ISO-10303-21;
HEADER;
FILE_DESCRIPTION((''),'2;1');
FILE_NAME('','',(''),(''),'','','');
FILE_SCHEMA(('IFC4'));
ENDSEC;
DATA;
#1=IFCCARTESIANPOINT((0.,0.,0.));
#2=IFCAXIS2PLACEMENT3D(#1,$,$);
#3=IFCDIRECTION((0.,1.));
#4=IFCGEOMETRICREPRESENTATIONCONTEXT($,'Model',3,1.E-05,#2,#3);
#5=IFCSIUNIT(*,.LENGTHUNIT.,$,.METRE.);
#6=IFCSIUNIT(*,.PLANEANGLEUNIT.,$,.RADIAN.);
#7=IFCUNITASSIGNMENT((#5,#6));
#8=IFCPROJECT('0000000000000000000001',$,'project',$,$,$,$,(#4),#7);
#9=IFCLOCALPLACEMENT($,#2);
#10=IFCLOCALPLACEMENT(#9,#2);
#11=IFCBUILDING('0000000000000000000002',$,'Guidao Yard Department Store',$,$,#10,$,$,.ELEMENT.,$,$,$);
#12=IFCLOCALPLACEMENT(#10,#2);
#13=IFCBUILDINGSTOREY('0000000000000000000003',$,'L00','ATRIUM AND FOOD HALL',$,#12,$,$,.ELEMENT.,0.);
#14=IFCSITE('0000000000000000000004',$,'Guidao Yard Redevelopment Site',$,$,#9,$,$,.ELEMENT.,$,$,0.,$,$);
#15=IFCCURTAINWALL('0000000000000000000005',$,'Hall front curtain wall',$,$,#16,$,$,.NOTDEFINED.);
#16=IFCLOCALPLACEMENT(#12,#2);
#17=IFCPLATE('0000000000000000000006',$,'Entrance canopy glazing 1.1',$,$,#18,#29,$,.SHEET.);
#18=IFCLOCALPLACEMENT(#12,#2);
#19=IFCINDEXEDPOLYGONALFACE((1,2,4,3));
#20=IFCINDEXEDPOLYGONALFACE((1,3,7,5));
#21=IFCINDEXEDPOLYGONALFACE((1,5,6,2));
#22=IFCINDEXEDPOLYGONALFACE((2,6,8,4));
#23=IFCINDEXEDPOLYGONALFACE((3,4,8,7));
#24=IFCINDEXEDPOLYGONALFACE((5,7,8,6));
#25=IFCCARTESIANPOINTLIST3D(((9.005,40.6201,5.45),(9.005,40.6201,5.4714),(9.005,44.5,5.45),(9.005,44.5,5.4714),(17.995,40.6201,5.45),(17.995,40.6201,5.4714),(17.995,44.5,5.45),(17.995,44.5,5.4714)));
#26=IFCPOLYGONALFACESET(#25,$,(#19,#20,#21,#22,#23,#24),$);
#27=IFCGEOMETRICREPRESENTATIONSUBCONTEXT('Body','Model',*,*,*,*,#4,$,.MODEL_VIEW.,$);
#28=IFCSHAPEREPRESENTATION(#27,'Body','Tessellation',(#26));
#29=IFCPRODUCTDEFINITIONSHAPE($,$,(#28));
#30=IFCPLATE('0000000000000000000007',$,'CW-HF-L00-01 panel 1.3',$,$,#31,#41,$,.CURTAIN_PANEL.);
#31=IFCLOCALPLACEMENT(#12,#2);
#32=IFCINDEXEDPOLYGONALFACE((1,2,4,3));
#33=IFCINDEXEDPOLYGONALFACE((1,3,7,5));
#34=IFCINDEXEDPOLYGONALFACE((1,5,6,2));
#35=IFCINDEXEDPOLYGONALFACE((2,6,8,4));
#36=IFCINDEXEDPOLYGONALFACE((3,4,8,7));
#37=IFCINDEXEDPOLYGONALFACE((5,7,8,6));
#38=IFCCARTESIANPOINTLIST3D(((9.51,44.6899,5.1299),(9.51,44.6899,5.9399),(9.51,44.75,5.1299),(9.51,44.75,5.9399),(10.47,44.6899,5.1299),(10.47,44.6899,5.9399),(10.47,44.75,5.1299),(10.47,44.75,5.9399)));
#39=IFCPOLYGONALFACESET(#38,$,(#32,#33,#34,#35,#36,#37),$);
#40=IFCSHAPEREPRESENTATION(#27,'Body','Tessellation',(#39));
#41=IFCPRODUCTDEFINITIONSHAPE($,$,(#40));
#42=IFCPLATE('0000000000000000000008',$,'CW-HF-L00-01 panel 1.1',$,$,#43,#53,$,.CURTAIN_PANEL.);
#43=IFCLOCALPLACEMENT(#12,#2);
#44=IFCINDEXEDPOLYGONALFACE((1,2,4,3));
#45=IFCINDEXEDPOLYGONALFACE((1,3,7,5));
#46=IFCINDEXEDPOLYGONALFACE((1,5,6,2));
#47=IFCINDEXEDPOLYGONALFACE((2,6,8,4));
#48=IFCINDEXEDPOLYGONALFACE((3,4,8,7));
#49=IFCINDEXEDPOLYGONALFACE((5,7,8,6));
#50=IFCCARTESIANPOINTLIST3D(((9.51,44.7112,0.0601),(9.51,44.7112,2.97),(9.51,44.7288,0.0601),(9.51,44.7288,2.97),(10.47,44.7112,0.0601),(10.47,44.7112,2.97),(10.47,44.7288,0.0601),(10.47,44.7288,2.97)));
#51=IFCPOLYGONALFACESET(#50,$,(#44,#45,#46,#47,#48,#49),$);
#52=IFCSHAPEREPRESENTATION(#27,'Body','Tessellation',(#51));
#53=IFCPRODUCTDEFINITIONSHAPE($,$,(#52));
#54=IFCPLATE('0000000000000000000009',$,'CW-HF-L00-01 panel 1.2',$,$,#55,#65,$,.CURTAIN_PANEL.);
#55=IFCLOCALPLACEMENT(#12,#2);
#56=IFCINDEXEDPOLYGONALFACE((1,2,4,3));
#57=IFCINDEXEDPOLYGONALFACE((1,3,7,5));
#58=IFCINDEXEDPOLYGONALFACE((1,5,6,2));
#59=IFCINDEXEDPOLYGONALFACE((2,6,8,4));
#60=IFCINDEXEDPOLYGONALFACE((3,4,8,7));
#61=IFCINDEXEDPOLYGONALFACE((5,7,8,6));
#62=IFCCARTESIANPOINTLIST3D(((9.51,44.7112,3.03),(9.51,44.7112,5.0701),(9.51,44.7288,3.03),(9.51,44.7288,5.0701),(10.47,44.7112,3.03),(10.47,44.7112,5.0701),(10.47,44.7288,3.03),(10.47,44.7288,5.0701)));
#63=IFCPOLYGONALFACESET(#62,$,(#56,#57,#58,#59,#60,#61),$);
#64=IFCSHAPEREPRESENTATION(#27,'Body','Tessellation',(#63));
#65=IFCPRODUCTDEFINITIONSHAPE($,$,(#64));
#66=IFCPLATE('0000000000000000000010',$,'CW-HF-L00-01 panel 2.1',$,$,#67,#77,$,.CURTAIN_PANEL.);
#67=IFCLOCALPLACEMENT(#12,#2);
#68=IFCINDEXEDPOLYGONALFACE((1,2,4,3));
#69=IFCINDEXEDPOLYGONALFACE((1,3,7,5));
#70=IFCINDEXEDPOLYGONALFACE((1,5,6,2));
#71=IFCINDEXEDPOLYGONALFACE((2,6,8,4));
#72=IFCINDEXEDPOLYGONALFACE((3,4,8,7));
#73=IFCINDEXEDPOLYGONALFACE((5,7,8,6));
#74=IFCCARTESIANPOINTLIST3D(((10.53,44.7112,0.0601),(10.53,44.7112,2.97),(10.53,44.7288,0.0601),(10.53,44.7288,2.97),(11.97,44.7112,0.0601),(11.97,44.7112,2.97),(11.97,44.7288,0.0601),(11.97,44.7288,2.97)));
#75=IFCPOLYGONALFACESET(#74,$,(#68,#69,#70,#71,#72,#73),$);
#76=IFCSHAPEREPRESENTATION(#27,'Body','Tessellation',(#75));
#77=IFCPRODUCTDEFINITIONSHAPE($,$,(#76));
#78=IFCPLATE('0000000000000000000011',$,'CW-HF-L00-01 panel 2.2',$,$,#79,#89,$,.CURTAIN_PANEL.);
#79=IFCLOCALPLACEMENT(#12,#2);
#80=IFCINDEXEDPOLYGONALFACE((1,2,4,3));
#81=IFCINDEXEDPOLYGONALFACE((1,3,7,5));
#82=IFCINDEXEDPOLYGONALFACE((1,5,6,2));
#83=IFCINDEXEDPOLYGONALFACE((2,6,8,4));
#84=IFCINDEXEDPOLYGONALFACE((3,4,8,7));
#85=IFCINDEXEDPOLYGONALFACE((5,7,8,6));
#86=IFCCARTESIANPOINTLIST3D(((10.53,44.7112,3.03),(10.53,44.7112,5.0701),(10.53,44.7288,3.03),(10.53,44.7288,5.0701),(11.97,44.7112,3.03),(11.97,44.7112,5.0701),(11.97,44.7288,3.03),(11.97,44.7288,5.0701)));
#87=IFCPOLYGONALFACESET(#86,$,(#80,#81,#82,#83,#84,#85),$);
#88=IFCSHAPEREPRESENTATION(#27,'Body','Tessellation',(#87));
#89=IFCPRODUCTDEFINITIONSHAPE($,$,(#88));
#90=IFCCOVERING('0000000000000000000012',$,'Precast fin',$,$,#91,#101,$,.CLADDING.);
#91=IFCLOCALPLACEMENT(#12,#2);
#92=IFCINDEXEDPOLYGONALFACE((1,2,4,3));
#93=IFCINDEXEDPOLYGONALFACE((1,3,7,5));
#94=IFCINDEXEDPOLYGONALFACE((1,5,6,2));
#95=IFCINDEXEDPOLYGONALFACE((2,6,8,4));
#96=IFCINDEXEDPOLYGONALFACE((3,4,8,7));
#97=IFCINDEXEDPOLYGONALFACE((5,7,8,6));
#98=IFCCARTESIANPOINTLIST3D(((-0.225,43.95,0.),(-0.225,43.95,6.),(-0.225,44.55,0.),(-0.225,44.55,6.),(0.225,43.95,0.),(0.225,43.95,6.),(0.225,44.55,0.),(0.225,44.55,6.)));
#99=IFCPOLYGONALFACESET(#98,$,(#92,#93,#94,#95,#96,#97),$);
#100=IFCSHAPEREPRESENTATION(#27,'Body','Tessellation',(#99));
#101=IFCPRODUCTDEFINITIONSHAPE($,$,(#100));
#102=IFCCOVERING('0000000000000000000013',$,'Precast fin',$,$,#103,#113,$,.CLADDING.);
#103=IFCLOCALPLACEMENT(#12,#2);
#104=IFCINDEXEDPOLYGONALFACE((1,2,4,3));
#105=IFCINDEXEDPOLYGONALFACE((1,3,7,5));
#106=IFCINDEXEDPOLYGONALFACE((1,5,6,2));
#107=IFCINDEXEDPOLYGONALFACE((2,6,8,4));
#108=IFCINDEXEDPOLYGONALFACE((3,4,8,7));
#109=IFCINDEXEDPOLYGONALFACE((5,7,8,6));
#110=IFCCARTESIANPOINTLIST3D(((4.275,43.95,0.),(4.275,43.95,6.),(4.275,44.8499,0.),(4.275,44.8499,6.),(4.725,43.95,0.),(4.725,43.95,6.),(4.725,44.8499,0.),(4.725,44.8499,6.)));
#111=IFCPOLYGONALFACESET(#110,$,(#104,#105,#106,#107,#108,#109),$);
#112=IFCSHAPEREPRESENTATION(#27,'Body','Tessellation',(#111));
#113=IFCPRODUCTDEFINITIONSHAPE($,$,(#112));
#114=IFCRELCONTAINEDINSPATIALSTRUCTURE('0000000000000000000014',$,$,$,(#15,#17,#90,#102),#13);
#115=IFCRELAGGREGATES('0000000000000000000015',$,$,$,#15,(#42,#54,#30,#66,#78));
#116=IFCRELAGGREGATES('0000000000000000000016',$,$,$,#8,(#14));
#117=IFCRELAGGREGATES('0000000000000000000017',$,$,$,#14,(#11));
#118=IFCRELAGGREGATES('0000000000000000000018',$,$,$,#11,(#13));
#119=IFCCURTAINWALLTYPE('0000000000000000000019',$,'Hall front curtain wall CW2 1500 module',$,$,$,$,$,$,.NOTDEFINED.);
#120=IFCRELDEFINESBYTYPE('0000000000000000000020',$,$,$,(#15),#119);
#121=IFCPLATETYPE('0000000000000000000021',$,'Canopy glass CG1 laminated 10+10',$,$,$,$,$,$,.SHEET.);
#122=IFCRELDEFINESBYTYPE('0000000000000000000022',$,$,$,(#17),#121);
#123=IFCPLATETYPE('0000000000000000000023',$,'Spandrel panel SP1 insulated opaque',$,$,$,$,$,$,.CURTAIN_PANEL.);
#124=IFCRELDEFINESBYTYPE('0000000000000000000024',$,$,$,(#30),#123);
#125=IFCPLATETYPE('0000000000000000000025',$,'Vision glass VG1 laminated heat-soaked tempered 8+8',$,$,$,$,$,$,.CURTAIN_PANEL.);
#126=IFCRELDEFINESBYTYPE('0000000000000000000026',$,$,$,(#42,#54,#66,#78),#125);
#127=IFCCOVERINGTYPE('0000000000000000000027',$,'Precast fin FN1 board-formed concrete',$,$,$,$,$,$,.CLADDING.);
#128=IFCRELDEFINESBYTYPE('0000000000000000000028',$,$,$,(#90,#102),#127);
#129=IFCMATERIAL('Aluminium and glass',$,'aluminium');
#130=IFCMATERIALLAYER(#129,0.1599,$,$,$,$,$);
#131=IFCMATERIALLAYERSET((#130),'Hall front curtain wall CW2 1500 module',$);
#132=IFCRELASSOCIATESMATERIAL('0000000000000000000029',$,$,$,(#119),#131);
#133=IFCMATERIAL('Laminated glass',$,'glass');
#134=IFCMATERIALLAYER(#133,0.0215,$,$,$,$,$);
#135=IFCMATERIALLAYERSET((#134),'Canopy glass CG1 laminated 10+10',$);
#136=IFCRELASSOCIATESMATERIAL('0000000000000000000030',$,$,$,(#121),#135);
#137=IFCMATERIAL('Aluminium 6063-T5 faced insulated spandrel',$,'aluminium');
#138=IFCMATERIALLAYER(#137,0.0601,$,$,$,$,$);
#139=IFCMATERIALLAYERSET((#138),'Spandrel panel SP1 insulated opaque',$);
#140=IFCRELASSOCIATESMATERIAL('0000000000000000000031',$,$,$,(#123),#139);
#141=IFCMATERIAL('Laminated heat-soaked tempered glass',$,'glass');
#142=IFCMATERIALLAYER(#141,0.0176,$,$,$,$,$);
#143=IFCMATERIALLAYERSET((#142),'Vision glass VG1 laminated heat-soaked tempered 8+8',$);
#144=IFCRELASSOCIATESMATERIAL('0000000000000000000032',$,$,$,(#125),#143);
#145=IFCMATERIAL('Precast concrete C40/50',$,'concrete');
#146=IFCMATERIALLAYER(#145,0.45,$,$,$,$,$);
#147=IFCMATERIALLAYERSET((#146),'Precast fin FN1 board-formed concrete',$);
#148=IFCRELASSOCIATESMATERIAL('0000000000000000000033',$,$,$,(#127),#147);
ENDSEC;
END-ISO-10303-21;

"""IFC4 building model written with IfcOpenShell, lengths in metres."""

from ifc_helpers import new_model, si_unit, direction, frame, origin, origin_2d, place, context, subcontext, project, spatial, rectangle, extrude, material, layer, layer_set, type_object, element, aggregate, save


model = new_model("IFC4")

# Units and contexts
model_context = context("Model", 3, precision=1e-05, world=origin(), true_north=direction((0.0, 1.0)))
body_context = subcontext(model_context, "Body", "Model", "MODEL_VIEW")
ifc_project = project(units=[si_unit("LENGTHUNIT", "METRE"), si_unit("PLANEANGLEUNIT", "RADIAN")], contexts=[model_context])

# Site, building, storey
site_placement = place(None, origin())
site = spatial("IfcSite", under=ifc_project, at=site_placement, Name="Guidao Yard Redevelopment Site", CompositionType="ELEMENT", RefElevation=0.0)
building_placement = place(site_placement, origin())
building = spatial("IfcBuilding", under=site, at=building_placement, Name="Guidao Yard Department Store", CompositionType="ELEMENT")
storey_placement = place(building_placement, origin())
storey = spatial("IfcBuildingStorey", under=building, at=storey_placement, Name="L00", Description="ATRIUM AND FOOD HALL", CompositionType="ELEMENT", Elevation=0.0)

# Curtain wall
ifc_material_1 = material(Name="Aluminium and glass", Category="aluminium")
ifc_layer_1 = layer(ifc_material_1, 0.1599)
ifc_layer_set_1 = layer_set([ifc_layer_1], Name="Hall front curtain wall CW2 1500 module")
curtain_wall_type = type_object("IfcCurtainWallType", Name="Hall front curtain wall CW2 1500 module", PredefinedType="NOTDEFINED", material=ifc_layer_set_1)
curtain_wall_placement = place(storey_placement, origin())
curtain_wall = element("IfcCurtainWall", 1, at=curtain_wall_placement, inside=storey, type_object=curtain_wall_type, Name="Hall front curtain wall", PredefinedType="NOTDEFINED")

# Plates
ifc_material_2 = material(Name="Laminated glass", Category="glass")
ifc_layer_2 = layer(ifc_material_2, 0.0215)
ifc_layer_set_2 = layer_set([ifc_layer_2], Name="Canopy glass CG1 laminated 10+10")
plate_type_1 = type_object("IfcPlateType", Name="Canopy glass CG1 laminated 10+10", PredefinedType="SHEET", material=ifc_layer_set_2)
plate_1_placement = place(storey_placement, frame((13.5, 42.5601, 5.45), z_axis=(0.0, 0.0, 1.0), x_axis=(1.0, 0.0, 0.0)))
element("IfcPlate", 2, at=plate_1_placement, inside=storey, type_object=plate_type_1, Name="Entrance canopy glazing 1.1", PredefinedType="SHEET", context=body_context, shape_type="SweptSolid", body=[
    extrude(rectangle(XDim=8.99, YDim=3.8799, at=origin_2d()), origin(), (0.0, 0.0, 1.0), 0.0215),
])
ifc_material_3 = material(Name="Aluminium 6063-T5 faced insulated spandrel", Category="aluminium")
ifc_layer_3 = layer(ifc_material_3, 0.0601)
ifc_layer_set_3 = layer_set([ifc_layer_3], Name="Spandrel panel SP1 insulated opaque")
plate_type_2 = type_object("IfcPlateType", Name="Spandrel panel SP1 insulated opaque", PredefinedType="CURTAIN_PANEL", material=ifc_layer_set_3)
plate_2_placement = place(storey_placement, frame((9.99, 44.72, 5.1299), z_axis=(0.0, 0.0, 1.0), x_axis=(-1.0, 0.0, 0.0)))
plate_2 = element("IfcPlate", 3, at=plate_2_placement, type_object=plate_type_2, Name="CW-HF-L00-01 panel 1.3", PredefinedType="CURTAIN_PANEL", context=body_context, shape_type="SweptSolid", body=[
    extrude(rectangle(XDim=0.96, YDim=0.0601, at=origin_2d()), origin(), (0.0, 0.0, 1.0), 0.8101),
])
ifc_material_4 = material(Name="Laminated heat-soaked tempered glass", Category="glass")
ifc_layer_4 = layer(ifc_material_4, 0.0176)
ifc_layer_set_4 = layer_set([ifc_layer_4], Name="Vision glass VG1 laminated heat-soaked tempered 8+8")
plate_type_3 = type_object("IfcPlateType", Name="Vision glass VG1 laminated heat-soaked tempered 8+8", PredefinedType="CURTAIN_PANEL", material=ifc_layer_set_4)
plate_3_placement = place(storey_placement, frame((9.99, 44.72, 0.0601), z_axis=(0.0, 0.0, 1.0), x_axis=(-1.0, 0.0, 0.0)))
plate_3 = element("IfcPlate", 4, at=plate_3_placement, type_object=plate_type_3, Name="CW-HF-L00-01 panel 1.1", PredefinedType="CURTAIN_PANEL", context=body_context, shape_type="SweptSolid", body=[
    extrude(rectangle(XDim=0.96, YDim=0.0176, at=origin_2d()), origin(), (0.0, 0.0, 1.0), 2.9099),
])
plate_4_placement = place(storey_placement, frame((9.99, 44.72, 3.03), z_axis=(0.0, 0.0, 1.0), x_axis=(-1.0, 0.0, 0.0)))
plate_4 = element("IfcPlate", 5, at=plate_4_placement, type_object=plate_type_3, Name="CW-HF-L00-01 panel 1.2", PredefinedType="CURTAIN_PANEL", context=body_context, shape_type="SweptSolid", body=[
    extrude(rectangle(XDim=0.96, YDim=0.0176, at=origin_2d()), origin(), (0.0, 0.0, 1.0), 2.04),
])
plate_5_placement = place(storey_placement, frame((11.25, 44.72, 0.0601), z_axis=(0.0, 0.0, 1.0), x_axis=(-1.0, 0.0, 0.0)))
plate_5 = element("IfcPlate", 6, at=plate_5_placement, type_object=plate_type_3, Name="CW-HF-L00-01 panel 2.1", PredefinedType="CURTAIN_PANEL", context=body_context, shape_type="SweptSolid", body=[
    extrude(rectangle(XDim=1.4399, YDim=0.0176, at=origin_2d()), origin(), (0.0, 0.0, 1.0), 2.9099),
])
plate_6_placement = place(storey_placement, frame((11.25, 44.72, 3.03), z_axis=(0.0, 0.0, 1.0), x_axis=(-1.0, 0.0, 0.0)))
plate_6 = element("IfcPlate", 7, at=plate_6_placement, type_object=plate_type_3, Name="CW-HF-L00-01 panel 2.2", PredefinedType="CURTAIN_PANEL", context=body_context, shape_type="SweptSolid", body=[
    extrude(rectangle(XDim=1.4399, YDim=0.0176, at=origin_2d()), origin(), (0.0, 0.0, 1.0), 2.04),
])
aggregate(curtain_wall, [plate_3, plate_4, plate_2, plate_5, plate_6])

# Coverings
ifc_material_5 = material(Name="Precast concrete C40/50", Category="concrete")
ifc_layer_5 = layer(ifc_material_5, 0.45)
ifc_layer_set_5 = layer_set([ifc_layer_5], Name="Precast fin FN1 board-formed concrete")
covering_type = type_object("IfcCoveringType", Name="Precast fin FN1 board-formed concrete", PredefinedType="CLADDING", material=ifc_layer_set_5)
covering_1_placement = place(storey_placement, frame((0.0, 44.25, 0.0), z_axis=(0.0, 0.0, 1.0), x_axis=(-1.0, 0.0, 0.0)))
element("IfcCovering", 8, at=covering_1_placement, inside=storey, type_object=covering_type, Name="Precast fin", PredefinedType="CLADDING", context=body_context, shape_type="SweptSolid", body=[
    extrude(rectangle(XDim=0.45, YDim=0.6001, at=origin_2d()), origin(), (0.0, 0.0, 1.0), 6.0),
])
covering_2_placement = place(storey_placement, frame((4.5, 44.3999, 0.0), z_axis=(0.0, 0.0, 1.0), x_axis=(-1.0, 0.0, 0.0)))
element("IfcCovering", 9, at=covering_2_placement, inside=storey, type_object=covering_type, Name="Precast fin", PredefinedType="CLADDING", context=body_context, shape_type="SweptSolid", body=[
    extrude(rectangle(XDim=0.45, YDim=0.8999, at=origin_2d()), origin(), (0.0, 0.0, 1.0), 6.0),
])

save(model, "model.ifc")
